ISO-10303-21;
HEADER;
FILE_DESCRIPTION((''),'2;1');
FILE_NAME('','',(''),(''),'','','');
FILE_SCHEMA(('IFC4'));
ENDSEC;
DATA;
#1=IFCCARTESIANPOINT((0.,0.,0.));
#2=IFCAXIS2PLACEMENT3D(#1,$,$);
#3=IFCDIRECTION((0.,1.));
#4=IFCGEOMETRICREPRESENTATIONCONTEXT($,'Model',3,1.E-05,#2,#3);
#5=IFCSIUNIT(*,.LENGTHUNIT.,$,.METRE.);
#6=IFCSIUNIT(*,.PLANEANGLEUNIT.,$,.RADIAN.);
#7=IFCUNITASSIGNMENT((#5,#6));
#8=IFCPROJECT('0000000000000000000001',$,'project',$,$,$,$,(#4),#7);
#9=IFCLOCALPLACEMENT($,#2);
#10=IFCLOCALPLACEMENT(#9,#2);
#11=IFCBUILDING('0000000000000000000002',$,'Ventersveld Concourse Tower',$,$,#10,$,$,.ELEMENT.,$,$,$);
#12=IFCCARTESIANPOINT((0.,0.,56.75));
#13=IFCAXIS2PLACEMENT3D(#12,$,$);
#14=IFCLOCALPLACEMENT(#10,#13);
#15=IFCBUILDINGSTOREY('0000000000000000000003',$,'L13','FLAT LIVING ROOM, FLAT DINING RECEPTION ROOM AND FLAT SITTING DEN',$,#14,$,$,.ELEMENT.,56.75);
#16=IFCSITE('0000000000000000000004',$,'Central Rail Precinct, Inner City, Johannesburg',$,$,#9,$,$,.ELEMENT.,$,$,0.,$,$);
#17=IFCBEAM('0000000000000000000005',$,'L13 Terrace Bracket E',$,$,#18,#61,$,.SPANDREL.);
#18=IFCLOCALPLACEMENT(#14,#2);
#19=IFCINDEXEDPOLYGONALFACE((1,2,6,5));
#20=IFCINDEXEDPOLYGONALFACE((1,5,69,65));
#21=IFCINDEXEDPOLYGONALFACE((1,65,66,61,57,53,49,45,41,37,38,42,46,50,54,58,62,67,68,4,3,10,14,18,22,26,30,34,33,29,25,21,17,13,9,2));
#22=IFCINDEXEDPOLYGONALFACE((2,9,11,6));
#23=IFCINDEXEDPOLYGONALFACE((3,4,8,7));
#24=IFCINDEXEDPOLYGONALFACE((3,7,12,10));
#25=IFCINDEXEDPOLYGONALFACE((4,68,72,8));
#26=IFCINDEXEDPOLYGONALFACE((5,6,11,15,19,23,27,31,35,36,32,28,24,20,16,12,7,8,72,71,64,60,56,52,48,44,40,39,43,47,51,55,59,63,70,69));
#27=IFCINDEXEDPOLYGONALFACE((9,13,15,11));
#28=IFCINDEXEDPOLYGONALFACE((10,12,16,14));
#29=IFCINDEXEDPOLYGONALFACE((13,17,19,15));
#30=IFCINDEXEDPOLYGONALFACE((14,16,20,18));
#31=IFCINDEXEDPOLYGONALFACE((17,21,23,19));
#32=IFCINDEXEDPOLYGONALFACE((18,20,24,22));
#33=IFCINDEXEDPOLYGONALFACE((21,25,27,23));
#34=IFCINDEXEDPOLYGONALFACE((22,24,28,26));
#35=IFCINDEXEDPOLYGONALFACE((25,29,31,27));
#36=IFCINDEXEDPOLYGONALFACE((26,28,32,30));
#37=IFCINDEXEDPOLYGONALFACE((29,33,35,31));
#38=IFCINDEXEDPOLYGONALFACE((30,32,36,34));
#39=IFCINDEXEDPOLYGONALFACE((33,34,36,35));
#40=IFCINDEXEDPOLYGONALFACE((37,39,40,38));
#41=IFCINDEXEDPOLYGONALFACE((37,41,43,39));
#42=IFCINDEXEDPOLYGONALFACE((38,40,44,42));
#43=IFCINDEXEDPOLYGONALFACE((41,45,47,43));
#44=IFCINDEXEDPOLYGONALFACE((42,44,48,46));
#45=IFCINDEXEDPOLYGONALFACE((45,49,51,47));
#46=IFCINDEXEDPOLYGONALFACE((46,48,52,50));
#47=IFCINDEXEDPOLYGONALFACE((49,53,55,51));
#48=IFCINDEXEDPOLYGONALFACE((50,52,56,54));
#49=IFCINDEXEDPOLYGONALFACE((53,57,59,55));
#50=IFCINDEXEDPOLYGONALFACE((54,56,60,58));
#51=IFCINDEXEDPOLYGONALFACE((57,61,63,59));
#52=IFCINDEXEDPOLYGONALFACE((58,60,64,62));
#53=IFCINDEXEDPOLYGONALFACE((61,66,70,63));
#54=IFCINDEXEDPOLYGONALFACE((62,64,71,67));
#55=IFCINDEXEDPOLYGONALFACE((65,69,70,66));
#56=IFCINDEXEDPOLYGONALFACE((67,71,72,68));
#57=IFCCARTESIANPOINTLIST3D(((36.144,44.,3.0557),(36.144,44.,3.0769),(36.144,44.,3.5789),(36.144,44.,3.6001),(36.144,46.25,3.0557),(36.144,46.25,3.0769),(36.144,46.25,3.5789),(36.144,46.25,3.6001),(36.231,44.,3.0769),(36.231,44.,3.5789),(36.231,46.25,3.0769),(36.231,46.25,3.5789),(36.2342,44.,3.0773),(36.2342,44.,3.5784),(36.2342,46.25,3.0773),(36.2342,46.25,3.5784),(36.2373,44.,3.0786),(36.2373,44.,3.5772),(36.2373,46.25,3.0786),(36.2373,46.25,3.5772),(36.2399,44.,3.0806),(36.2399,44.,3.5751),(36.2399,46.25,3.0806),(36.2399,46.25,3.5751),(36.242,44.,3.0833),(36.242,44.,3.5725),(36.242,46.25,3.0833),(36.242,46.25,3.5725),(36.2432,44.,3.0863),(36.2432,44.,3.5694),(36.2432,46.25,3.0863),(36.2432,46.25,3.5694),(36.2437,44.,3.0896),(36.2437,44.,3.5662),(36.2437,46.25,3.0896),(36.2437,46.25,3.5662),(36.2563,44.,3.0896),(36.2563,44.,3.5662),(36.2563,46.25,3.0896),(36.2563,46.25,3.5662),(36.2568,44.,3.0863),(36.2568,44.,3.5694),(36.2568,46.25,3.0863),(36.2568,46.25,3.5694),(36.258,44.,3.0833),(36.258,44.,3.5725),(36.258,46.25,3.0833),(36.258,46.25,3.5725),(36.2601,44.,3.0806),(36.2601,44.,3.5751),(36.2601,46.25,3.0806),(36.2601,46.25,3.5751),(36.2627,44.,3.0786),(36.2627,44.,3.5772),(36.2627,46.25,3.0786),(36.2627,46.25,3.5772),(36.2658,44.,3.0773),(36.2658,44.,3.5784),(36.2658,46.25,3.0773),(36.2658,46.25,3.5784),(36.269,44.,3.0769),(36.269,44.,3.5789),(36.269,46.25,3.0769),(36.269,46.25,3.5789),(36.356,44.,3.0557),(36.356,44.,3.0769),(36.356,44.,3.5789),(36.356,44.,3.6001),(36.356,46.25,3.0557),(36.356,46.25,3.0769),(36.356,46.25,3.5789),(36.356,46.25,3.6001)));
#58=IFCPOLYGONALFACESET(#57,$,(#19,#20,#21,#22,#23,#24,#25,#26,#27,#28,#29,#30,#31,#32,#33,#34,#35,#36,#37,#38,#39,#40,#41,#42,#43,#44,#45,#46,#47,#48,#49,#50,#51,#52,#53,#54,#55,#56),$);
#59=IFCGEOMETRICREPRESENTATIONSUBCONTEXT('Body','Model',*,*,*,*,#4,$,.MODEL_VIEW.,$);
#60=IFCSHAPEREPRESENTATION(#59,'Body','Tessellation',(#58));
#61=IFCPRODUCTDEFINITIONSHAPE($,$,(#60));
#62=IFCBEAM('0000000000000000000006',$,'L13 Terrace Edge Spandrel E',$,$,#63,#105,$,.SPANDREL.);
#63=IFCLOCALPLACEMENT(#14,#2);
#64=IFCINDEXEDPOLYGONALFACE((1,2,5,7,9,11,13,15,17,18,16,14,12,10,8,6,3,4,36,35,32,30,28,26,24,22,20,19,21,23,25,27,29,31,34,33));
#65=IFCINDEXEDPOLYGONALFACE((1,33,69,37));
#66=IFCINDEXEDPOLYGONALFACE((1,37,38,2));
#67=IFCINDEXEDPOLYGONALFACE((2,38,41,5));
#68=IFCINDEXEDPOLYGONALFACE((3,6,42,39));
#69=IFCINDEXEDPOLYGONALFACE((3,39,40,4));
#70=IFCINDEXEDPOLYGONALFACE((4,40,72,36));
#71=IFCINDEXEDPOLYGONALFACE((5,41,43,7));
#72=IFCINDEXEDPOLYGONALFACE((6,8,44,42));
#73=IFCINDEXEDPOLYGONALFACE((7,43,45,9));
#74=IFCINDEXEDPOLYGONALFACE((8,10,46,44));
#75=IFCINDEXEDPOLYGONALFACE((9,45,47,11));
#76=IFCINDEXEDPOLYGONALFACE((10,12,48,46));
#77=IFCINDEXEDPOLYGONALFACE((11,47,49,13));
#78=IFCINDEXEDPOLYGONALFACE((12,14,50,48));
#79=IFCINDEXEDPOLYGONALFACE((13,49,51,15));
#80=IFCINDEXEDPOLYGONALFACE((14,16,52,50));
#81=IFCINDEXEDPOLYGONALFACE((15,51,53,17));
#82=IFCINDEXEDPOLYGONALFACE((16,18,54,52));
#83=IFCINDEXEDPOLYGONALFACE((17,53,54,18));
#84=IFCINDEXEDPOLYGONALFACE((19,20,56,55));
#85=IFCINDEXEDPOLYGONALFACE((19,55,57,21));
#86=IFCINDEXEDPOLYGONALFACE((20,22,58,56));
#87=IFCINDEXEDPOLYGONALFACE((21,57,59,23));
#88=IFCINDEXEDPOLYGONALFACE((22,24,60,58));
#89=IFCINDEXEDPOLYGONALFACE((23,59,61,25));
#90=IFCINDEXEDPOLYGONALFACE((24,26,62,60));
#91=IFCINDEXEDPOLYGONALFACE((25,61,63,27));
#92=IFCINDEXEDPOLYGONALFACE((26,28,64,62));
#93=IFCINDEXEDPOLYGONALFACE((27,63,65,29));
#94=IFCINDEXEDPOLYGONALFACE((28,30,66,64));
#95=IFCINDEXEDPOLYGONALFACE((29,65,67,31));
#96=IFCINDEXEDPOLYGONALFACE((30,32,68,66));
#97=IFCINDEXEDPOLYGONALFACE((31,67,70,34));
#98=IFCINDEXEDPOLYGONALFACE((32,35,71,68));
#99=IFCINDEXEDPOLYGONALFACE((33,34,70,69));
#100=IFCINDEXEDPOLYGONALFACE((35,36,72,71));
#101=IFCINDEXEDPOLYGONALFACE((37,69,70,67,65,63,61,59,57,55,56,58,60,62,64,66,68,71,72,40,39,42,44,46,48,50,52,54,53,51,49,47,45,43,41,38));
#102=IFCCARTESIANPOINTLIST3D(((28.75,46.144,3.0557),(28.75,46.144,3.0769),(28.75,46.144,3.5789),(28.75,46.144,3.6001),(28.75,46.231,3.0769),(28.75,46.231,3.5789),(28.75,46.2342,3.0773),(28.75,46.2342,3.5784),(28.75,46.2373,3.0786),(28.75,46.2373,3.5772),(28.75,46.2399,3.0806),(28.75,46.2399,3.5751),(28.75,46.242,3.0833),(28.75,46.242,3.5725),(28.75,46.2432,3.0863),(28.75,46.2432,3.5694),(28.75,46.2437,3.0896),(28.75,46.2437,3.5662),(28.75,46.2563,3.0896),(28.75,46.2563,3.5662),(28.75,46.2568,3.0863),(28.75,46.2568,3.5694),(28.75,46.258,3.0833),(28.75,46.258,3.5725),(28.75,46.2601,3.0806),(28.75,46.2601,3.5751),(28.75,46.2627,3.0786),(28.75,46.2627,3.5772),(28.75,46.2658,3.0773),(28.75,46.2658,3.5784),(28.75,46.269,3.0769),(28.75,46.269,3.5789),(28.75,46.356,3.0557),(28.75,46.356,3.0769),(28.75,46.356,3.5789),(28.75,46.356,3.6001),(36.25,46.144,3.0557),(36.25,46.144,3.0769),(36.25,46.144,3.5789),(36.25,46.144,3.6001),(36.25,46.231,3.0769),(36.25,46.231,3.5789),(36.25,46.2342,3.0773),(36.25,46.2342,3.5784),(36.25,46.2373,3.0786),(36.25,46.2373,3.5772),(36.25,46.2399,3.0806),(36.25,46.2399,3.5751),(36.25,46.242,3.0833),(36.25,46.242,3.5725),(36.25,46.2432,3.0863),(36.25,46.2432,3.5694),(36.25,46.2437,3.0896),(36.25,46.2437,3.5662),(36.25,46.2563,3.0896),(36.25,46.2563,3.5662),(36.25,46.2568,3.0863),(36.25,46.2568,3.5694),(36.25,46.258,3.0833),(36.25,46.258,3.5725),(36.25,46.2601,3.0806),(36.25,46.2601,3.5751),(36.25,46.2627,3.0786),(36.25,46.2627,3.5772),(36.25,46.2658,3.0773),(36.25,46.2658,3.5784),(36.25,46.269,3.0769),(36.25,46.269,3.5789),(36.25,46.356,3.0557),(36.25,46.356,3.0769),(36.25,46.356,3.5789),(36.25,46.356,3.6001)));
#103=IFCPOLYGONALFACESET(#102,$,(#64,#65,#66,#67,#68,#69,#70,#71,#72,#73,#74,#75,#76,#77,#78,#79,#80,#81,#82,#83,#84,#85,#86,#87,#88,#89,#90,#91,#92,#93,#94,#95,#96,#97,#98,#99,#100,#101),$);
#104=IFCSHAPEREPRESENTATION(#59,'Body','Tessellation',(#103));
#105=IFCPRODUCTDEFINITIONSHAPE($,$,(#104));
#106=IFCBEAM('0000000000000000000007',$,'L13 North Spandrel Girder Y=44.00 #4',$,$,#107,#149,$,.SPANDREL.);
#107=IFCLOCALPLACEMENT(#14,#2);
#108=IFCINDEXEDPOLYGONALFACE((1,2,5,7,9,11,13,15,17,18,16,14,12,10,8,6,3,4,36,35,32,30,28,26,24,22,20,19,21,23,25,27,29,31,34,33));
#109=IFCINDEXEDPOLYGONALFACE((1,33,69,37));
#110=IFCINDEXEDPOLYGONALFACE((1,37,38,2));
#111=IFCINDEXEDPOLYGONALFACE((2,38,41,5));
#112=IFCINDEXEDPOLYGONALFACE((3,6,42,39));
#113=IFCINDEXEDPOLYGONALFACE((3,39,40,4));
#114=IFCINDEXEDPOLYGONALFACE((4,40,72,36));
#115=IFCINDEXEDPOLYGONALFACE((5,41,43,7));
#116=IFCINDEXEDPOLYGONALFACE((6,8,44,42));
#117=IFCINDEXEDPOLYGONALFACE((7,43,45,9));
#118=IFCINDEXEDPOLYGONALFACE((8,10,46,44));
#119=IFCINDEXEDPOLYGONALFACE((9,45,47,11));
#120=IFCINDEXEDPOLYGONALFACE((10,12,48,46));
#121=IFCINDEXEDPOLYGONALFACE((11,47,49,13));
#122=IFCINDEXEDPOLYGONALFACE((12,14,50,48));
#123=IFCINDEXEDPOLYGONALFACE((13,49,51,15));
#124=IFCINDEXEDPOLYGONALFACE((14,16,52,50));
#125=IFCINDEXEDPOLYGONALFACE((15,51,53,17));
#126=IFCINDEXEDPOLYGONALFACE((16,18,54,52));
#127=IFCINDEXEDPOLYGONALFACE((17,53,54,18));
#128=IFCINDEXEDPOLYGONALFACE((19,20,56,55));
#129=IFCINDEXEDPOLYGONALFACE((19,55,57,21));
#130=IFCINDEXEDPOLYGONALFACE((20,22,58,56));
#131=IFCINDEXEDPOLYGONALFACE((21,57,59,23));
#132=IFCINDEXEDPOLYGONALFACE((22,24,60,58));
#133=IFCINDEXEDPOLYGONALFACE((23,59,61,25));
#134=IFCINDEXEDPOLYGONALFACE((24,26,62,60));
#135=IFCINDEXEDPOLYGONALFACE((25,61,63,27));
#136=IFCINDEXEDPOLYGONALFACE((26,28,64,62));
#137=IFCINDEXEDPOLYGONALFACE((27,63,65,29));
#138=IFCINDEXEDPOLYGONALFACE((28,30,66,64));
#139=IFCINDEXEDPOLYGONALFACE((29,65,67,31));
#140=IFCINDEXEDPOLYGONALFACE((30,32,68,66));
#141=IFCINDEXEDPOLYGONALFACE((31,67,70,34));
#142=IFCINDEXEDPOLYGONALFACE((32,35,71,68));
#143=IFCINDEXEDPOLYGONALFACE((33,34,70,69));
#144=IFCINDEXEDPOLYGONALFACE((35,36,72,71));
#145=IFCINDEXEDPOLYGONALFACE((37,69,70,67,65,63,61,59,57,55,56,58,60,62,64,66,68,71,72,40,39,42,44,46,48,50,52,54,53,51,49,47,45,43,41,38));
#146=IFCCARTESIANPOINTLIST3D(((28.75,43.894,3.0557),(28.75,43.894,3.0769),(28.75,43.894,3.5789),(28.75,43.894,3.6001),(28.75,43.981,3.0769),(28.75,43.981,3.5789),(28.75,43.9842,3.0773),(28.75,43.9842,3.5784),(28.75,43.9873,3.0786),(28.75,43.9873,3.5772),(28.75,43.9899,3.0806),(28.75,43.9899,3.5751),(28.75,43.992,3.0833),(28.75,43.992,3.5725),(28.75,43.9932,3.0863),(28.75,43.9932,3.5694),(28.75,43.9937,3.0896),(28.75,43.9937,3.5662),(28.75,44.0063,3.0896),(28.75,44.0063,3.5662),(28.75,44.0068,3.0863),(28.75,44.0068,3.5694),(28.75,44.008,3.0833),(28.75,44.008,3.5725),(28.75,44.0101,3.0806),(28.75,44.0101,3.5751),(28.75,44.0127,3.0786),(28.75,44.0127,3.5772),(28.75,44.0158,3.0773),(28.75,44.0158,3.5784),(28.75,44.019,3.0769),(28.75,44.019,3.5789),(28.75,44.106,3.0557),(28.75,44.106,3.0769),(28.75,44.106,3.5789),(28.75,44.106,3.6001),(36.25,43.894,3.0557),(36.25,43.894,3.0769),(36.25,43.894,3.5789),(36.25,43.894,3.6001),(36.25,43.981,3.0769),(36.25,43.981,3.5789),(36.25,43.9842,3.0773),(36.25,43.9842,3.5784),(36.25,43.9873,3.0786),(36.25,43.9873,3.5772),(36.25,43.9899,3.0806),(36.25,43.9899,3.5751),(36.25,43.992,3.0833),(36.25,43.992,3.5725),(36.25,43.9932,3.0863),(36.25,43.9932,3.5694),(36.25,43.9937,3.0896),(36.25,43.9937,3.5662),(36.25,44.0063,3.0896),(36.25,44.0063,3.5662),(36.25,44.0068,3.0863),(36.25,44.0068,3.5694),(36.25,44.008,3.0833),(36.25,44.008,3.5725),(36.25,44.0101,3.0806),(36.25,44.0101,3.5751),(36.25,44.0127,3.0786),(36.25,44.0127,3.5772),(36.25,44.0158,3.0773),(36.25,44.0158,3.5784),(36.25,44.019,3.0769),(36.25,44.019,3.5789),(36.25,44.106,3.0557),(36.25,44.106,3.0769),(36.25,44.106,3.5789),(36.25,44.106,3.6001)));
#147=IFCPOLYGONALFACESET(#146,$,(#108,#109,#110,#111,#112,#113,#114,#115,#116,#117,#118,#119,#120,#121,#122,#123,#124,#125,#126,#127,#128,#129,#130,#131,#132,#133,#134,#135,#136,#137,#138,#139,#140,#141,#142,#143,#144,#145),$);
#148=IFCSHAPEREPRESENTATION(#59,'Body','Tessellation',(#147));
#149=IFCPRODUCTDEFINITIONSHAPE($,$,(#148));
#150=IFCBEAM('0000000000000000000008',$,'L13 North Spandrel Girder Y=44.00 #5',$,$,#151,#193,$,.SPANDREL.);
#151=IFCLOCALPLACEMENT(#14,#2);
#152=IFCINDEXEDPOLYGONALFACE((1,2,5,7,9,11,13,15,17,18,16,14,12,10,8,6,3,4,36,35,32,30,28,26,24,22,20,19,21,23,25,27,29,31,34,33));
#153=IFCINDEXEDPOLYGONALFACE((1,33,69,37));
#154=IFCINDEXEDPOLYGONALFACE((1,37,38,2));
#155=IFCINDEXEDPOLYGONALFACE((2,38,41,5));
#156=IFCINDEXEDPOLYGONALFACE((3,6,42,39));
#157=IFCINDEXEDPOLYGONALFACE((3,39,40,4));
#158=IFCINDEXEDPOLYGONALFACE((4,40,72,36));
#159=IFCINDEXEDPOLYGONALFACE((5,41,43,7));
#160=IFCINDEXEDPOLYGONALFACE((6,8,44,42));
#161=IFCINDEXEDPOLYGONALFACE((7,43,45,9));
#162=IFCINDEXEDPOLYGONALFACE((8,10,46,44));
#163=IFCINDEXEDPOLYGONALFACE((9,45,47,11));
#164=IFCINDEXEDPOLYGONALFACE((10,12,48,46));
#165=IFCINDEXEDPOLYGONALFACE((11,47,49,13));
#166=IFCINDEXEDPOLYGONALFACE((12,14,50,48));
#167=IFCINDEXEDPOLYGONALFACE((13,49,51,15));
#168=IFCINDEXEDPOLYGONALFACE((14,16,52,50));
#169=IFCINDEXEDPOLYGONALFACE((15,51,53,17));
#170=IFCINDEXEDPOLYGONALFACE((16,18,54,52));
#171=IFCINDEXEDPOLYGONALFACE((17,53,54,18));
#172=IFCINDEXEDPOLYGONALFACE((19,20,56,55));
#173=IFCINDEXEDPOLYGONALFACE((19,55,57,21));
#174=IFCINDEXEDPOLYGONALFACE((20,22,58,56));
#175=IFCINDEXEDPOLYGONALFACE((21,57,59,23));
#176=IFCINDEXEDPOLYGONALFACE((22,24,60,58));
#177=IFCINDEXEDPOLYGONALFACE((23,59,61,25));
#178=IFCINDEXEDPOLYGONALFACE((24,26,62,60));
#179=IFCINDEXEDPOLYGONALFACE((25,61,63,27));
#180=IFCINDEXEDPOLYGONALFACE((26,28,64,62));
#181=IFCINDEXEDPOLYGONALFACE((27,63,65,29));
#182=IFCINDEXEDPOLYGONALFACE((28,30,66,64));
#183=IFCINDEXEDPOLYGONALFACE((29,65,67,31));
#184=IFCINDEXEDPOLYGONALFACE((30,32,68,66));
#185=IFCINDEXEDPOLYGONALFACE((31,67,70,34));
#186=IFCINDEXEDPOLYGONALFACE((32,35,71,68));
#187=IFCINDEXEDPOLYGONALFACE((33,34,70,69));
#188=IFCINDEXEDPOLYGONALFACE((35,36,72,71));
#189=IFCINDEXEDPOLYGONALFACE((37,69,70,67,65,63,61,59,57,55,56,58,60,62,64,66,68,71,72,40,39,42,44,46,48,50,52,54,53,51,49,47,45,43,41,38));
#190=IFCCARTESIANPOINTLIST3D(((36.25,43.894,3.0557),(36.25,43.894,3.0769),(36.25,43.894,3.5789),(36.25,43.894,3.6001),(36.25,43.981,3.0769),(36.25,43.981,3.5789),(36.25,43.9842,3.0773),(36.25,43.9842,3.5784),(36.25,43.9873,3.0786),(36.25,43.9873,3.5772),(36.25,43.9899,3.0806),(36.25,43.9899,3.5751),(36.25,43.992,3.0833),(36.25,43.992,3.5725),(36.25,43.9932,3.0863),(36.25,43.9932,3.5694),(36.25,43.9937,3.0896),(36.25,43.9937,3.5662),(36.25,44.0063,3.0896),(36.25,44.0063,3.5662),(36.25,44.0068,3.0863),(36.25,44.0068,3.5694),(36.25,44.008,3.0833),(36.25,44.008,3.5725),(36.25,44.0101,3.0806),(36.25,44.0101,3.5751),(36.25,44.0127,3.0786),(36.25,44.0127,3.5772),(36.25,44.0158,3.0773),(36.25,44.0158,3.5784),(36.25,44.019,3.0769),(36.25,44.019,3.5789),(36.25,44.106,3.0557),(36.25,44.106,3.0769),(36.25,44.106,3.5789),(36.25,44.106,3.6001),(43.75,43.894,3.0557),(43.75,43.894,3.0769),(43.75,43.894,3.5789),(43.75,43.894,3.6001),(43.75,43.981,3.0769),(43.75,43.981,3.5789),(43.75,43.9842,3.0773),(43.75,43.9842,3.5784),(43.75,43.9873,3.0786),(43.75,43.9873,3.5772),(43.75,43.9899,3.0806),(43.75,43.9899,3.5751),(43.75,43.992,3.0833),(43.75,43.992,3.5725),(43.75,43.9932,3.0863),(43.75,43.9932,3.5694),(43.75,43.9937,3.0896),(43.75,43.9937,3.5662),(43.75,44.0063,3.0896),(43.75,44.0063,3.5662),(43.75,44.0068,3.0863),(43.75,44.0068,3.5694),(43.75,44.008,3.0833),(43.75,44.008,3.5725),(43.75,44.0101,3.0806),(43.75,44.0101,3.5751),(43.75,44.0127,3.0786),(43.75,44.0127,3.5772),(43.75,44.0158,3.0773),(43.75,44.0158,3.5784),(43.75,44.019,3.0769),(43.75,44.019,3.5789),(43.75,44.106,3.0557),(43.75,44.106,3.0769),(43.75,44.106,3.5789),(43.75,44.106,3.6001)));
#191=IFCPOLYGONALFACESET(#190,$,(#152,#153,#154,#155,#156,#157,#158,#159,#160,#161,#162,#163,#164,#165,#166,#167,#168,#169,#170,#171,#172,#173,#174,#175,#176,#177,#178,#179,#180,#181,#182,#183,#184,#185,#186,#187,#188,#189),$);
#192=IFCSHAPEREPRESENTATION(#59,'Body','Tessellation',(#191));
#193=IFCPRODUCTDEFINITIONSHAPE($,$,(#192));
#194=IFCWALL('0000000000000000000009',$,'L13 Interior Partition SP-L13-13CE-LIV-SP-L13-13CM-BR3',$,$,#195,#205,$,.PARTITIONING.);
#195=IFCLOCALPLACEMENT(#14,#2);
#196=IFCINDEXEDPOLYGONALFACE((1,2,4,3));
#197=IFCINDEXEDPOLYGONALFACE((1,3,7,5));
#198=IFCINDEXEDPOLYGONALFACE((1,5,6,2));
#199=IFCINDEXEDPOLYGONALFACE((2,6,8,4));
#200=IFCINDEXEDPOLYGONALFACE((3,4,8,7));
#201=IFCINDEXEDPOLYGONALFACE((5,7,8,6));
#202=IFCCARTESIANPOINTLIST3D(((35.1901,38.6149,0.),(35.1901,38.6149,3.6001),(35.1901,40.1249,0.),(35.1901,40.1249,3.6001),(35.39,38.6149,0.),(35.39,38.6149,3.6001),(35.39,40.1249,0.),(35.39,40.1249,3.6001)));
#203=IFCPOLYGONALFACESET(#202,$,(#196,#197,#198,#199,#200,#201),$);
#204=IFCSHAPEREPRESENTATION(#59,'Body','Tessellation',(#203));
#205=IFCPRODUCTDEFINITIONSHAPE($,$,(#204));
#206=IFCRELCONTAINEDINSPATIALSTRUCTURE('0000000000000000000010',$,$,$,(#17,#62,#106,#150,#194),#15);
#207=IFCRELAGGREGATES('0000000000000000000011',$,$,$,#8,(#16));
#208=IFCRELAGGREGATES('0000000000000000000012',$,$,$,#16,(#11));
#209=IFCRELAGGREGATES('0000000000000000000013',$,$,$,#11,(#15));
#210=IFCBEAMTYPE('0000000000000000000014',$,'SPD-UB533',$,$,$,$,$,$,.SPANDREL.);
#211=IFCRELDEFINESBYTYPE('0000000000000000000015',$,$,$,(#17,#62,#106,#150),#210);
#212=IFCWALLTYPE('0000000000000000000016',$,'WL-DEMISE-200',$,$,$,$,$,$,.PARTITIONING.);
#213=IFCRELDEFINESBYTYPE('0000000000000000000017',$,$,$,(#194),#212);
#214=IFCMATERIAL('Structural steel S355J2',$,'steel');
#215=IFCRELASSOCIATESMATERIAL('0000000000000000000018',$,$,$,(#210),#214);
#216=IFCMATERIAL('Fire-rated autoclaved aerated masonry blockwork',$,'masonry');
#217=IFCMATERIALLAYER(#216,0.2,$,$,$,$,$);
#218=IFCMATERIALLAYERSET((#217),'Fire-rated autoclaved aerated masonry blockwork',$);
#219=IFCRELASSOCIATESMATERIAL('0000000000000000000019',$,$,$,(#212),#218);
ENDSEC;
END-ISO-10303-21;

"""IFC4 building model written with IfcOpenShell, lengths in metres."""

from ifc_helpers import new_model, si_unit, direction, frame, frame_2d, origin, origin_2d, place, context, subcontext, project, spatial, rectangle, i_section, extrude, material, layer, layer_set, material_profile, profile_set, type_object, element, save


model = new_model("IFC4")

# Units and contexts
model_context = context("Model", 3, precision=1e-05, world=origin(), true_north=direction((0.0, 1.0)))
body_context = subcontext(model_context, "Body", "Model", "MODEL_VIEW")
ifc_project = project(units=[si_unit("LENGTHUNIT", "METRE"), si_unit("PLANEANGLEUNIT", "RADIAN")], contexts=[model_context])

# Site, building, storey
site_placement = place(None, origin())
site = spatial("IfcSite", under=ifc_project, at=site_placement, Name="Central Rail Precinct, Inner City, Johannesburg", CompositionType="ELEMENT", RefElevation=0.0)
building_placement = place(site_placement, origin())
building = spatial("IfcBuilding", under=site, at=building_placement, Name="Ventersveld Concourse Tower", CompositionType="ELEMENT")
storey_placement = place(building_placement, frame((0.0, 0.0, 56.75)))
storey = spatial("IfcBuildingStorey", under=building, at=storey_placement, Name="L13", Description="FLAT LIVING ROOM, FLAT DINING RECEPTION ROOM AND FLAT SITTING DEN", CompositionType="ELEMENT", Elevation=56.75)

# Beams
ifc_material_1 = material(Name="Structural steel S355J2", Category="steel")
ifc_material_profile_1 = material_profile(ifc_material_1, i_section(OverallWidth=0.2119, OverallDepth=0.5444, WebThickness=0.0127, FlangeThickness=0.0212, FilletRadius=0.0127, at=origin_2d()), Name="UB 533x210x122")
ifc_profile_set_1 = profile_set([ifc_material_profile_1], Name="Structural steel S355J2")
beam_type_1 = type_object("IfcBeamType", Name="SPD-UB533", PredefinedType="SPANDREL", material=ifc_profile_set_1)
for number, where, z_axis, x_axis, name in (
    (1, (36.25, 44.0, 3.3279), (0.0, 1.0, 0.0), (-1.0, 0.0, 0.0), "L13 Terrace Bracket E"),
):
    element("IfcBeam", number, at=place(storey_placement, frame(where, z_axis=z_axis, x_axis=x_axis)), inside=storey, type_object=beam_type_1, Name=name, PredefinedType="SPANDREL", context=body_context, shape_type="SweptSolid", body=[
        extrude(i_section(OverallWidth=0.2119, OverallDepth=0.5444, WebThickness=0.0127, FlangeThickness=0.0212, FilletRadius=0.0127, at=origin_2d()), origin(), (0.0, 0.0, 1.0), 2.25),
    ])
for number, where, z_axis, x_axis, name in (
    (2, (28.75, 46.25, 3.3279), (1.0, 0.0, 0.0), (0.0, 1.0, 0.0), "L13 Terrace Edge Spandrel E"),
    (3, (28.75, 44.0, 3.3279), (1.0, 0.0, 0.0), (0.0, 1.0, 0.0), "L13 North Spandrel Girder Y=44.00 #4"),
    (4, (36.25, 44.0, 3.3279), (1.0, 0.0, 0.0), (0.0, 1.0, 0.0), "L13 North Spandrel Girder Y=44.00 #5"),
):
    element("IfcBeam", number, at=place(storey_placement, frame(where, z_axis=z_axis, x_axis=x_axis)), inside=storey, type_object=beam_type_1, Name=name, PredefinedType="SPANDREL", context=body_context, shape_type="SweptSolid", body=[
        extrude(i_section(OverallWidth=0.2119, OverallDepth=0.5444, WebThickness=0.0127, FlangeThickness=0.0212, FilletRadius=0.0127, at=origin_2d()), origin(), (0.0, 0.0, 1.0), 7.5),
    ])

# Wall
ifc_material_2 = material(Name="Fire-rated autoclaved aerated masonry blockwork", Category="masonry")
ifc_layer_1 = layer(ifc_material_2, 0.2)
ifc_layer_set_1 = layer_set([ifc_layer_1], Name="Fire-rated autoclaved aerated masonry blockwork")
wall_type_1 = type_object("IfcWallType", Name="WL-DEMISE-200", PredefinedType="PARTITIONING", material=ifc_layer_set_1)
wall_1_placement = place(storey_placement, frame((35.29, 38.615, 0.0), z_axis=(0.0, 0.0, 1.0), x_axis=(0.0, 1.0, 0.0)))
element("IfcWall", 5, at=wall_1_placement, inside=storey, type_object=wall_type_1, Name="L13 Interior Partition SP-L13-13CE-LIV-SP-L13-13CM-BR3", PredefinedType="PARTITIONING", context=body_context, shape_type="SweptSolid", body=[
    extrude(rectangle(XDim=1.51, YDim=0.2, at=frame_2d((0.7549, 0.0))), origin(), (0.0, 0.0, 1.0), 3.6001),
])

save(model, "model.ifc")
